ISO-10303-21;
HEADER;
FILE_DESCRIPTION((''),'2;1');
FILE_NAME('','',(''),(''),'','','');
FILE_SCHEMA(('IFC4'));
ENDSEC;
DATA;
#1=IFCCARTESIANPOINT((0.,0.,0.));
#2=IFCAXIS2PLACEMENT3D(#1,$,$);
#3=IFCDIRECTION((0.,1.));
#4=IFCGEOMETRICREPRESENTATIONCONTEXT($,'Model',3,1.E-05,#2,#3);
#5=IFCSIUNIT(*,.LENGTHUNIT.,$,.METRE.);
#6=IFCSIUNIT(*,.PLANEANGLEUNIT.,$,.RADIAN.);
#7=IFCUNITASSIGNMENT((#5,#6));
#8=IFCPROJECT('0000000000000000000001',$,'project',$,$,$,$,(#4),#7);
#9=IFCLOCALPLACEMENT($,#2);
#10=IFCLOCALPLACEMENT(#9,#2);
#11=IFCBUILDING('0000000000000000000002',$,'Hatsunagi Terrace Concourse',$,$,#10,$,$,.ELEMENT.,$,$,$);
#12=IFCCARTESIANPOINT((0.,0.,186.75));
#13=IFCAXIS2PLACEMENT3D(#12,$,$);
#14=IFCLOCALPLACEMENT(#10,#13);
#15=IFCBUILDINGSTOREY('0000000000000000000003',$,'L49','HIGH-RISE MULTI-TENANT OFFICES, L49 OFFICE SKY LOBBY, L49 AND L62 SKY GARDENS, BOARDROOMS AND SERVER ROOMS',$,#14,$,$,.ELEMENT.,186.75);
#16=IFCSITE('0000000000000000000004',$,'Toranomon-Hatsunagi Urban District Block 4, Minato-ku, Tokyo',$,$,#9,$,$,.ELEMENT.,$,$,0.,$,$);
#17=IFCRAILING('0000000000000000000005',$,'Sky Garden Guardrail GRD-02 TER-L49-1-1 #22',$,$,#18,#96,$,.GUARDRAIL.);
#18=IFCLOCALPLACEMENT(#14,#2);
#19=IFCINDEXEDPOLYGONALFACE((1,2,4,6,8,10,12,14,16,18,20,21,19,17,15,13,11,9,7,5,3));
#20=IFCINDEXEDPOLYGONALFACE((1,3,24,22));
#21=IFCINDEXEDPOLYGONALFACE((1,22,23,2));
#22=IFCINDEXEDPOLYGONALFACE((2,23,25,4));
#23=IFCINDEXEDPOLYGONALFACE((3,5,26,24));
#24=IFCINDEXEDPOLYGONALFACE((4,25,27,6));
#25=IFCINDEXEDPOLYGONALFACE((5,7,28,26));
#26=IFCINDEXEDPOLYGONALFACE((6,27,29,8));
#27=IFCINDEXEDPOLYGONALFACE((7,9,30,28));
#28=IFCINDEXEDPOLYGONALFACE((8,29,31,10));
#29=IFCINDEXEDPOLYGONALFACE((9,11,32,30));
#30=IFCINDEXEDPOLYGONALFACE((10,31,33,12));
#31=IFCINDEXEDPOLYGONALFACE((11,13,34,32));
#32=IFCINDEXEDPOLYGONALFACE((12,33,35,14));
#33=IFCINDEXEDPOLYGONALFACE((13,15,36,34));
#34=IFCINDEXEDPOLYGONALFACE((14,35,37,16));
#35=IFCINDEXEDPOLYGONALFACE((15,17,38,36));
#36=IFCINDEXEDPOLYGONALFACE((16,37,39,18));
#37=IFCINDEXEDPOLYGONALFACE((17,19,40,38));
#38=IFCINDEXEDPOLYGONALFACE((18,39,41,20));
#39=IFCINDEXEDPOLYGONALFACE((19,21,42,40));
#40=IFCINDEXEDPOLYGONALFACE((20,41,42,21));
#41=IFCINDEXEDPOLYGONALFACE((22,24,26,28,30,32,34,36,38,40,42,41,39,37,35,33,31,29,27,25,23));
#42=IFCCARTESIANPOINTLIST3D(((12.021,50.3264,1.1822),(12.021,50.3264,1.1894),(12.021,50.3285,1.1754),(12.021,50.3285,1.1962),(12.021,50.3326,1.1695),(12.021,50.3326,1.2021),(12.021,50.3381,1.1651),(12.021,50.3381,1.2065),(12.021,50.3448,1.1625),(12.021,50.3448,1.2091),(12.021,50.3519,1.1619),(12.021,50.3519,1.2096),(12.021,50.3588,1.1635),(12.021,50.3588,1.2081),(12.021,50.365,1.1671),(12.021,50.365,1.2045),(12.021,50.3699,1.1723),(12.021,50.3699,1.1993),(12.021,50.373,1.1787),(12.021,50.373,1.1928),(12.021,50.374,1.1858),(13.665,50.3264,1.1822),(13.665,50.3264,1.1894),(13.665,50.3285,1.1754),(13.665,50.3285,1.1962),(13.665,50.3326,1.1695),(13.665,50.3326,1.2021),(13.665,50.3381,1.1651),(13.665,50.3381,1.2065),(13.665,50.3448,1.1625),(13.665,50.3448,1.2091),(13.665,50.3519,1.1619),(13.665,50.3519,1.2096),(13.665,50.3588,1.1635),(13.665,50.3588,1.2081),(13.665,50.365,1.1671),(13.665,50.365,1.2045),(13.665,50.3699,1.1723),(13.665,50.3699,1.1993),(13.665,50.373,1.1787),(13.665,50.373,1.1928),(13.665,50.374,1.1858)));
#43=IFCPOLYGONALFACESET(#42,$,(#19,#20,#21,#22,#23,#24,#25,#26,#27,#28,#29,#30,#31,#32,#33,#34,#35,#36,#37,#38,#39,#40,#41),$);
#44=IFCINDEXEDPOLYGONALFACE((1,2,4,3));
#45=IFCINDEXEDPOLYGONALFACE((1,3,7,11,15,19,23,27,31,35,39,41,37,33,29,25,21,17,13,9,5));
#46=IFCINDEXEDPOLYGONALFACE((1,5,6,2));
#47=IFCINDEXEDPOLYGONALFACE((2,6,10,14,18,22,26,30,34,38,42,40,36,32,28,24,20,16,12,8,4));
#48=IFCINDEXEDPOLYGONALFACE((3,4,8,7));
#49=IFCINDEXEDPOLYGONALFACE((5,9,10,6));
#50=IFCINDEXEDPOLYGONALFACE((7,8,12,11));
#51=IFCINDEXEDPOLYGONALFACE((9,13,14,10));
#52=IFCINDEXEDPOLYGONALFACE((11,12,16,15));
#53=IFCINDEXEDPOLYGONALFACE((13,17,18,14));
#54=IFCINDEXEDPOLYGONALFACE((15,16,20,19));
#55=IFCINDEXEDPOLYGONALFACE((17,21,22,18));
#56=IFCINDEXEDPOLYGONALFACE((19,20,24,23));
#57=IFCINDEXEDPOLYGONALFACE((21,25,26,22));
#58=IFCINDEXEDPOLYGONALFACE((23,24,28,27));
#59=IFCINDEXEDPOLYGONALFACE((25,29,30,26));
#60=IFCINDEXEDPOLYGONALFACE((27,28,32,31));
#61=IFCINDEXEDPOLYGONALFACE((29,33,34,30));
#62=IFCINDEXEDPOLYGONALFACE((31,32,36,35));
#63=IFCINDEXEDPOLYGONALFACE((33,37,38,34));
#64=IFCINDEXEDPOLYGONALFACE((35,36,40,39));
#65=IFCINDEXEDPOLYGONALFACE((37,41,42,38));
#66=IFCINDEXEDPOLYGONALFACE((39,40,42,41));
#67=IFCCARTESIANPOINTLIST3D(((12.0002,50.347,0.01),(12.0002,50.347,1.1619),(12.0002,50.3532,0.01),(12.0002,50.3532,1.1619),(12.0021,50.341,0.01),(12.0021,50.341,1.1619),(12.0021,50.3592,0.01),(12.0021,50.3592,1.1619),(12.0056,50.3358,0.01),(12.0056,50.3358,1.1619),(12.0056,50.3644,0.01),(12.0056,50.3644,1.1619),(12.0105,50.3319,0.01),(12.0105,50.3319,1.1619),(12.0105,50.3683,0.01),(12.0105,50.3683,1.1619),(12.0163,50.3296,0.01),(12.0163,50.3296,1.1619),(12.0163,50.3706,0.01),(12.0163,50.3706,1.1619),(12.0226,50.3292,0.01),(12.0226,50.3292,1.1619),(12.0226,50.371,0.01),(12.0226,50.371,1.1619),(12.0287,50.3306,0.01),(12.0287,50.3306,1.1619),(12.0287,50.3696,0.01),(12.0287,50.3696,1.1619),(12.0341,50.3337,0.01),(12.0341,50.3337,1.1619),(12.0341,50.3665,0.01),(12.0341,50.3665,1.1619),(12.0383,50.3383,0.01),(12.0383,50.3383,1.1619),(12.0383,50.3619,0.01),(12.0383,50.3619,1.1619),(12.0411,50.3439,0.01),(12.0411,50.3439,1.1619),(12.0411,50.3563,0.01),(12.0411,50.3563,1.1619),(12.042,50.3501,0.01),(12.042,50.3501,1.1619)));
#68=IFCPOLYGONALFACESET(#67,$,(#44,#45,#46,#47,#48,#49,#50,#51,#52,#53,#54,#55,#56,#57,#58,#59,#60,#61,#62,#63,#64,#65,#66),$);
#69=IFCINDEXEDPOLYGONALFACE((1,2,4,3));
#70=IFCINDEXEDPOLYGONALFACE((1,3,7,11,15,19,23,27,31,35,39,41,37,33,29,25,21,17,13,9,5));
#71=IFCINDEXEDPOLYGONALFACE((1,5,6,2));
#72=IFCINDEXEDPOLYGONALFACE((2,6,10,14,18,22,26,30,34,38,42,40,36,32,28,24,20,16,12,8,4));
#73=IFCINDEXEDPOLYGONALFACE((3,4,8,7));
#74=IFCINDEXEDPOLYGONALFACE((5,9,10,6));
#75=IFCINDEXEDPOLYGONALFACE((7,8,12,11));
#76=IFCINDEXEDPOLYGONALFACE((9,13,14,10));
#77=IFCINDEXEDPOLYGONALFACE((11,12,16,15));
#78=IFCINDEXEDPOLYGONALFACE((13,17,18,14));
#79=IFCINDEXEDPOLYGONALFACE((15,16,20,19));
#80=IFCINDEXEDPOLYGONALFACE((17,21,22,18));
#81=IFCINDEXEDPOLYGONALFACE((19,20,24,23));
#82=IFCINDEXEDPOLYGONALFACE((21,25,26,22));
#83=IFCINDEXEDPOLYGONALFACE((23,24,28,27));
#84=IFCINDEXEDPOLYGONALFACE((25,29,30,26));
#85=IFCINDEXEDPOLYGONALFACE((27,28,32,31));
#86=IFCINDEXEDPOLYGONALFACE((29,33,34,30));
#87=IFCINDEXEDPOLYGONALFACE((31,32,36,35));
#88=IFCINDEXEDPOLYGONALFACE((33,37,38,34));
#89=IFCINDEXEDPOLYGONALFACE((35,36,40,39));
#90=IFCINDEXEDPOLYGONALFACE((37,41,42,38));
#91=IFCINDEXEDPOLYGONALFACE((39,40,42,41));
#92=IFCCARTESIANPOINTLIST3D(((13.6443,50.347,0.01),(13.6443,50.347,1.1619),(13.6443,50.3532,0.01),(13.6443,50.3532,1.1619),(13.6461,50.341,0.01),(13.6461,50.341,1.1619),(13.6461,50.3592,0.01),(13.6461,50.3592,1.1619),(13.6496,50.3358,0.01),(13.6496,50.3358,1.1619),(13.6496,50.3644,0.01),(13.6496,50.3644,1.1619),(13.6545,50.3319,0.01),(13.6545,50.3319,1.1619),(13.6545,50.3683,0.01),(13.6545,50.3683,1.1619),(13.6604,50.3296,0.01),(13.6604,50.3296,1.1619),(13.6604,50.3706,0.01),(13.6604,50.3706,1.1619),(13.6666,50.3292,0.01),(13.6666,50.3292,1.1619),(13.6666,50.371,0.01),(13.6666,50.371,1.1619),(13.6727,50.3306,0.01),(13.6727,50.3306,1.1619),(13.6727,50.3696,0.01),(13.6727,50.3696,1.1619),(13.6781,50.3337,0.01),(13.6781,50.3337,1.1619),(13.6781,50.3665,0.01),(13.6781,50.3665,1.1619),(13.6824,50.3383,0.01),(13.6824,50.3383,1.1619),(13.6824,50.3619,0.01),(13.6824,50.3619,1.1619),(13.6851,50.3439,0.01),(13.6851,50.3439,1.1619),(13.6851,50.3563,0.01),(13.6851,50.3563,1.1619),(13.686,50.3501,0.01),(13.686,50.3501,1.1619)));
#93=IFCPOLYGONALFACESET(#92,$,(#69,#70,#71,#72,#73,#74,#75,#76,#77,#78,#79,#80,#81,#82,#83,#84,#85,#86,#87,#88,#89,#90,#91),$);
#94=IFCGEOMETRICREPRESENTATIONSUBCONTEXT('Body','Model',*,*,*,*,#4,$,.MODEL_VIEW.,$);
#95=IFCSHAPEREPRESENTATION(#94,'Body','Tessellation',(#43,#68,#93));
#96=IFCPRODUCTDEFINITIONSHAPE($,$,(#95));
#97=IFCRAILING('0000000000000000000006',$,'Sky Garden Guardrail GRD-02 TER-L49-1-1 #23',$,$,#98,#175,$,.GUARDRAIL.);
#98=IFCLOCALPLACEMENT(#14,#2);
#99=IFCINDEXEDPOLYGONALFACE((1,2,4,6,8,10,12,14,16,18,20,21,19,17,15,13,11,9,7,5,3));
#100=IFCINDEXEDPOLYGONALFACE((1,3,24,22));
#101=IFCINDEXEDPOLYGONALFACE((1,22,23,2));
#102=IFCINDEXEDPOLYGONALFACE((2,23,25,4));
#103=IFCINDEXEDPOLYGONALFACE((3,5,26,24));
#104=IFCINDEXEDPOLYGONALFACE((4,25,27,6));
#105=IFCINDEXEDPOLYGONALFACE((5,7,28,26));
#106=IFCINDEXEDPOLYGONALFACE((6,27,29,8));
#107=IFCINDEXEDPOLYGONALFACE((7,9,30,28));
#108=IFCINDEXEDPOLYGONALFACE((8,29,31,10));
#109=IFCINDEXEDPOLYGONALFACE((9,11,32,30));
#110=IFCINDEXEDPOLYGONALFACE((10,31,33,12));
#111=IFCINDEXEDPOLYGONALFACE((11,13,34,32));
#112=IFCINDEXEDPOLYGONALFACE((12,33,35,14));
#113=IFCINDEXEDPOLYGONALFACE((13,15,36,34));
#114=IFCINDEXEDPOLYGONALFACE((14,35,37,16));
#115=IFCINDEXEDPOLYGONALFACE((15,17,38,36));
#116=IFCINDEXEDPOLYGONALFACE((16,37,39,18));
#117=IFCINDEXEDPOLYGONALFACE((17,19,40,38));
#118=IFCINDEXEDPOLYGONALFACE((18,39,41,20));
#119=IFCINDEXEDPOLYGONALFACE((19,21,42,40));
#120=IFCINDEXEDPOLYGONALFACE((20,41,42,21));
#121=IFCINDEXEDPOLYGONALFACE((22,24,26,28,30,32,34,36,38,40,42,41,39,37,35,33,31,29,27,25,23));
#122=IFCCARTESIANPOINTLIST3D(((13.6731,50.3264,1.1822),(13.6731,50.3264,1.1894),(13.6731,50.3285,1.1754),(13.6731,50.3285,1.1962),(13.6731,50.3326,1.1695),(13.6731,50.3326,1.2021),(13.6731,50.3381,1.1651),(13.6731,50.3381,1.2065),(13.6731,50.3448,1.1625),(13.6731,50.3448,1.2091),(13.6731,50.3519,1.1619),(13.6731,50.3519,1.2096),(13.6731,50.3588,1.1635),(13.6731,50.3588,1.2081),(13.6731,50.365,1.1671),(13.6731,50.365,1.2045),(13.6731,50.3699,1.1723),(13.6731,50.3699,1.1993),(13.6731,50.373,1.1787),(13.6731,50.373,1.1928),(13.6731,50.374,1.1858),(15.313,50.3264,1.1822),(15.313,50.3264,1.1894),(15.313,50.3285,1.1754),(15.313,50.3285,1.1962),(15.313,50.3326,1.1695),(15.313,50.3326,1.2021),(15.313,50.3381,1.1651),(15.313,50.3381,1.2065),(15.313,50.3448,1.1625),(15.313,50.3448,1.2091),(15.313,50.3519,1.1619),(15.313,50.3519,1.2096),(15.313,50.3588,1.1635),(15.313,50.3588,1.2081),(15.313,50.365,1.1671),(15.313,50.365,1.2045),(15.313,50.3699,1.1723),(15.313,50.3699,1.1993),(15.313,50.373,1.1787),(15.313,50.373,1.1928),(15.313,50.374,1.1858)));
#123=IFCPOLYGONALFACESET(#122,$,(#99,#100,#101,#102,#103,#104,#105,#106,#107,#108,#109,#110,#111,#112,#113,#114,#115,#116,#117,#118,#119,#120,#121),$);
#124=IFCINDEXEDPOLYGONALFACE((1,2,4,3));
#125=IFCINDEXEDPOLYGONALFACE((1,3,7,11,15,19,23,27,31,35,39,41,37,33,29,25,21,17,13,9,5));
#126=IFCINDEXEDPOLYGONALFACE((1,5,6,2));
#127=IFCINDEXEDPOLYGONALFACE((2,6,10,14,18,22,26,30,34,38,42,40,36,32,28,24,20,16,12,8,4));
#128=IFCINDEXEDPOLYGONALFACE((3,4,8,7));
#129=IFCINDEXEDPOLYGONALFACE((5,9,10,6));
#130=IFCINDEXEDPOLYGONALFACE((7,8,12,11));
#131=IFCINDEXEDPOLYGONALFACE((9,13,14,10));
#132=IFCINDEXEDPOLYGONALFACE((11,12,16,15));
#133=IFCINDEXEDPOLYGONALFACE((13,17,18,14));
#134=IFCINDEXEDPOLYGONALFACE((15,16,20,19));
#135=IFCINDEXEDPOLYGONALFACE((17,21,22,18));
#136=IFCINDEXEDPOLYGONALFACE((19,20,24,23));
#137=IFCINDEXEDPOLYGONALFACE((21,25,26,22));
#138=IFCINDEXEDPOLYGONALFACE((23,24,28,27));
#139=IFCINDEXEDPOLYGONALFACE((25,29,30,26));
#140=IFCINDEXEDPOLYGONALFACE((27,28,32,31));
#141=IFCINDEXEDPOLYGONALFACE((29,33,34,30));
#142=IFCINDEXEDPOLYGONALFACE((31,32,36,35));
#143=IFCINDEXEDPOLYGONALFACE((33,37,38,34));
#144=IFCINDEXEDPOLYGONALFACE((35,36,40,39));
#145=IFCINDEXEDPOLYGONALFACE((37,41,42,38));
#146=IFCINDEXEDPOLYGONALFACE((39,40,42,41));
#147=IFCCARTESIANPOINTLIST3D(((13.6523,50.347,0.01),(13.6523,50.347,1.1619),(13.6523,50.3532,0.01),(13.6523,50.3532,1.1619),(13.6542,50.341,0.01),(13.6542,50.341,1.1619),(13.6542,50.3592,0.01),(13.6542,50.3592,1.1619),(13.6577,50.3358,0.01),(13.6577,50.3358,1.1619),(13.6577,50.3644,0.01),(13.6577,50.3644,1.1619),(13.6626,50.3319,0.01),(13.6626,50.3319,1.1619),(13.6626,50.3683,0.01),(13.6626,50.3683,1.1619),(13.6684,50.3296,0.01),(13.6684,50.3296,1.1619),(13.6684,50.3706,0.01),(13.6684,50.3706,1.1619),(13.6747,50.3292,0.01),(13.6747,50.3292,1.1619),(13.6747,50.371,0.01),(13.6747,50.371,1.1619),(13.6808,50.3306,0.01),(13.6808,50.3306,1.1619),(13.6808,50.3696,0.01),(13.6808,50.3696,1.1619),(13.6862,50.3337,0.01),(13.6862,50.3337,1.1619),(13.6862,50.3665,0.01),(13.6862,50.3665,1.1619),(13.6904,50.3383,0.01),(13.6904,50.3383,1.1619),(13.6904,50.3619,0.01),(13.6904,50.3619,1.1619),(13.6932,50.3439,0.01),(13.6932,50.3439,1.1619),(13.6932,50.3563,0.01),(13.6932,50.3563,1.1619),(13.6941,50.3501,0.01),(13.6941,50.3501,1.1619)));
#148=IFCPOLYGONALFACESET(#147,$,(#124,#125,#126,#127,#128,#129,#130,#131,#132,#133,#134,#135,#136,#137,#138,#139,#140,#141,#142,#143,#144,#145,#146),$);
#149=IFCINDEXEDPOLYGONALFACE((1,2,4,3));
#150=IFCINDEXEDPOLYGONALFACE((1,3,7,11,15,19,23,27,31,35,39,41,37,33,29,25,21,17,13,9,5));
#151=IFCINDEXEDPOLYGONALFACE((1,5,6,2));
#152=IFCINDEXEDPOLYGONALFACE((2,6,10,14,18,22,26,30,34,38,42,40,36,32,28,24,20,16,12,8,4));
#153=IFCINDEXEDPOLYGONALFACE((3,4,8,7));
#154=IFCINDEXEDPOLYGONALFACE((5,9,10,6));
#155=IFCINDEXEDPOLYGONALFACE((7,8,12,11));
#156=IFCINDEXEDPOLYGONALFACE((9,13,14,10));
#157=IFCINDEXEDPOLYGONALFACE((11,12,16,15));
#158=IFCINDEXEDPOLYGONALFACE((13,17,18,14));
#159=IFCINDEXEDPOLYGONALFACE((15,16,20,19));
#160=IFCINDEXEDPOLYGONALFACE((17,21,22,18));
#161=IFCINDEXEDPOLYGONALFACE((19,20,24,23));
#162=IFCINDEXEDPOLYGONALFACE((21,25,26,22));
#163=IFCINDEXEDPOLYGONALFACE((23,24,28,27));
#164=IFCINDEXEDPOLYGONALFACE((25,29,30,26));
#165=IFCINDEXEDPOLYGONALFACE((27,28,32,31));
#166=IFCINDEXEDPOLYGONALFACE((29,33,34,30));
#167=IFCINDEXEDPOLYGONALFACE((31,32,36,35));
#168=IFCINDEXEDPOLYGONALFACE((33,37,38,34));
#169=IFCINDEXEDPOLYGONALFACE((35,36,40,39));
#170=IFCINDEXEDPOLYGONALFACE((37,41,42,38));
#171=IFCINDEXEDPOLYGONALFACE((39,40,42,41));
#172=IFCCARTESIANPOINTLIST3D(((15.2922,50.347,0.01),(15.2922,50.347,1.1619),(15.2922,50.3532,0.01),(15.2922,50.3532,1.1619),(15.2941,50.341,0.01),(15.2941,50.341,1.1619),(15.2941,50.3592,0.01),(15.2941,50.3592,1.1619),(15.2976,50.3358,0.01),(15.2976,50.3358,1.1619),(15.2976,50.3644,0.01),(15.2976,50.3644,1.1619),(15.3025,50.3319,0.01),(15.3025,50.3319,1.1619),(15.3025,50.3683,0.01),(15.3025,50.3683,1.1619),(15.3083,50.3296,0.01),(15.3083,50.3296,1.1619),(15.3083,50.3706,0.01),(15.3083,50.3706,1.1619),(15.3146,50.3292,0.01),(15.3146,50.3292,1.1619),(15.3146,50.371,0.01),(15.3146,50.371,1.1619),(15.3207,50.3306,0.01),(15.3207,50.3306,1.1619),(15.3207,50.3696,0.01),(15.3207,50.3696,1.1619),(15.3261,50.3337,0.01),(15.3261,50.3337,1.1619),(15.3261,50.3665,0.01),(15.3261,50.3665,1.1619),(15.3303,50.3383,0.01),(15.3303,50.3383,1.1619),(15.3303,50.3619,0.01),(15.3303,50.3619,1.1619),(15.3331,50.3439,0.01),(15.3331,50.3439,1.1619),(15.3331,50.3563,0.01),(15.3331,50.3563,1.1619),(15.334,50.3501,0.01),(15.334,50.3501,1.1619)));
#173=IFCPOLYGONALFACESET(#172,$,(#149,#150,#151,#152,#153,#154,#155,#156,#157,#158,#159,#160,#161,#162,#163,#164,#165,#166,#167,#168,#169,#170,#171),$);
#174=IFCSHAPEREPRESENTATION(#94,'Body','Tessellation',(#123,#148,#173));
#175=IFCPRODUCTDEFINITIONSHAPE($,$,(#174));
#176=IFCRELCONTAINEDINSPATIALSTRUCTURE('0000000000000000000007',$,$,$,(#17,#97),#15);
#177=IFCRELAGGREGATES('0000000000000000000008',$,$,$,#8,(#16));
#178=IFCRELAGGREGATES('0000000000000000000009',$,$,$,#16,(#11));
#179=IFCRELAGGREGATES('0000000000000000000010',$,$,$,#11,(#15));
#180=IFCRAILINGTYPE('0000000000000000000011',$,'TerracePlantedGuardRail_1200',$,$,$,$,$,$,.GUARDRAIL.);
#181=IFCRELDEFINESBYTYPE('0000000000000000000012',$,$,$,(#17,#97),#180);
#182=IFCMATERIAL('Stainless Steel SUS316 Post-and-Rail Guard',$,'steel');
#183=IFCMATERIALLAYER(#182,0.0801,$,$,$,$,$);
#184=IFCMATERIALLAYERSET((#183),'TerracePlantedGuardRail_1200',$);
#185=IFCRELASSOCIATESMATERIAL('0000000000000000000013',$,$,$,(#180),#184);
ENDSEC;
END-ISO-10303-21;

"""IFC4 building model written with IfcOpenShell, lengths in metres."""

from ifc_helpers import new_model, si_unit, direction, frame, origin, origin_2d, place, context, subcontext, project, spatial, circle, extrude, material, layer, layer_set, type_object, element, save


model = new_model("IFC4")

# Units and contexts
model_context = context("Model", 3, precision=1e-05, world=origin(), true_north=direction((0.0, 1.0)))
body_context = subcontext(model_context, "Body", "Model", "MODEL_VIEW")
ifc_project = project(units=[si_unit("LENGTHUNIT", "METRE"), si_unit("PLANEANGLEUNIT", "RADIAN")], contexts=[model_context])

# Site, building, storey
site_placement = place(None, origin())
site = spatial("IfcSite", under=ifc_project, at=site_placement, Name="Toranomon-Hatsunagi Urban District Block 4, Minato-ku, Tokyo", CompositionType="ELEMENT", RefElevation=0.0)
building_placement = place(site_placement, origin())
building = spatial("IfcBuilding", under=site, at=building_placement, Name="Hatsunagi Terrace Concourse", CompositionType="ELEMENT")
storey_placement = place(building_placement, frame((0.0, 0.0, 186.75)))
storey = spatial("IfcBuildingStorey", under=building, at=storey_placement, Name="L49", Description="HIGH-RISE MULTI-TENANT OFFICES, L49 OFFICE SKY LOBBY, L49 AND L62 SKY GARDENS, BOARDROOMS AND SERVER ROOMS", CompositionType="ELEMENT", Elevation=186.75)

# Railings
ifc_material_1 = material(Name="Stainless Steel SUS316 Post-and-Rail Guard", Category="steel")
ifc_layer_1 = layer(ifc_material_1, 0.0801)
ifc_layer_set_1 = layer_set([ifc_layer_1], Name="TerracePlantedGuardRail_1200")
railing_type = type_object("IfcRailingType", Name="TerracePlantedGuardRail_1200", PredefinedType="GUARDRAIL", material=ifc_layer_set_1)
railing_1_placement = place(storey_placement, frame((12.021, 50.3501, 0.01)))
element("IfcRailing", 1, at=railing_1_placement, inside=storey, type_object=railing_type, Name="Sky Garden Guardrail GRD-02 TER-L49-1-1 #22", PredefinedType="GUARDRAIL", context=body_context, shape_type="SweptSolid", body=[
    extrude(circle(Radius=0.0239, at=origin_2d()), frame((0.0, 0.0, 1.1758), z_axis=(1.0, 0.0, 0.0), x_axis=(0.0, 1.0, 0.0)), (0.0, 0.0, 1.0), 1.644),
    extrude(circle(Radius=0.021, at=origin_2d()), origin(), (0.0, 0.0, 1.0), 1.1519),
    extrude(circle(Radius=0.021, at=origin_2d()), frame((1.644, 0.0, 0.0)), (0.0, 0.0, 1.0), 1.1519),
])
railing_2_placement = place(storey_placement, frame((13.6731, 50.3501, 0.01)))
element("IfcRailing", 2, at=railing_2_placement, inside=storey, type_object=railing_type, Name="Sky Garden Guardrail GRD-02 TER-L49-1-1 #23", PredefinedType="GUARDRAIL", context=body_context, shape_type="SweptSolid", body=[
    extrude(circle(Radius=0.0239, at=origin_2d()), frame((0.0, 0.0, 1.1758), z_axis=(1.0, 0.0, 0.0), x_axis=(0.0, 1.0, 0.0)), (0.0, 0.0, 1.0), 1.6399),
    extrude(circle(Radius=0.021, at=origin_2d()), origin(), (0.0, 0.0, 1.0), 1.1519),
    extrude(circle(Radius=0.021, at=origin_2d()), frame((1.6399, 0.0, 0.0)), (0.0, 0.0, 1.0), 1.1519),
])

save(model, "model.ifc")
